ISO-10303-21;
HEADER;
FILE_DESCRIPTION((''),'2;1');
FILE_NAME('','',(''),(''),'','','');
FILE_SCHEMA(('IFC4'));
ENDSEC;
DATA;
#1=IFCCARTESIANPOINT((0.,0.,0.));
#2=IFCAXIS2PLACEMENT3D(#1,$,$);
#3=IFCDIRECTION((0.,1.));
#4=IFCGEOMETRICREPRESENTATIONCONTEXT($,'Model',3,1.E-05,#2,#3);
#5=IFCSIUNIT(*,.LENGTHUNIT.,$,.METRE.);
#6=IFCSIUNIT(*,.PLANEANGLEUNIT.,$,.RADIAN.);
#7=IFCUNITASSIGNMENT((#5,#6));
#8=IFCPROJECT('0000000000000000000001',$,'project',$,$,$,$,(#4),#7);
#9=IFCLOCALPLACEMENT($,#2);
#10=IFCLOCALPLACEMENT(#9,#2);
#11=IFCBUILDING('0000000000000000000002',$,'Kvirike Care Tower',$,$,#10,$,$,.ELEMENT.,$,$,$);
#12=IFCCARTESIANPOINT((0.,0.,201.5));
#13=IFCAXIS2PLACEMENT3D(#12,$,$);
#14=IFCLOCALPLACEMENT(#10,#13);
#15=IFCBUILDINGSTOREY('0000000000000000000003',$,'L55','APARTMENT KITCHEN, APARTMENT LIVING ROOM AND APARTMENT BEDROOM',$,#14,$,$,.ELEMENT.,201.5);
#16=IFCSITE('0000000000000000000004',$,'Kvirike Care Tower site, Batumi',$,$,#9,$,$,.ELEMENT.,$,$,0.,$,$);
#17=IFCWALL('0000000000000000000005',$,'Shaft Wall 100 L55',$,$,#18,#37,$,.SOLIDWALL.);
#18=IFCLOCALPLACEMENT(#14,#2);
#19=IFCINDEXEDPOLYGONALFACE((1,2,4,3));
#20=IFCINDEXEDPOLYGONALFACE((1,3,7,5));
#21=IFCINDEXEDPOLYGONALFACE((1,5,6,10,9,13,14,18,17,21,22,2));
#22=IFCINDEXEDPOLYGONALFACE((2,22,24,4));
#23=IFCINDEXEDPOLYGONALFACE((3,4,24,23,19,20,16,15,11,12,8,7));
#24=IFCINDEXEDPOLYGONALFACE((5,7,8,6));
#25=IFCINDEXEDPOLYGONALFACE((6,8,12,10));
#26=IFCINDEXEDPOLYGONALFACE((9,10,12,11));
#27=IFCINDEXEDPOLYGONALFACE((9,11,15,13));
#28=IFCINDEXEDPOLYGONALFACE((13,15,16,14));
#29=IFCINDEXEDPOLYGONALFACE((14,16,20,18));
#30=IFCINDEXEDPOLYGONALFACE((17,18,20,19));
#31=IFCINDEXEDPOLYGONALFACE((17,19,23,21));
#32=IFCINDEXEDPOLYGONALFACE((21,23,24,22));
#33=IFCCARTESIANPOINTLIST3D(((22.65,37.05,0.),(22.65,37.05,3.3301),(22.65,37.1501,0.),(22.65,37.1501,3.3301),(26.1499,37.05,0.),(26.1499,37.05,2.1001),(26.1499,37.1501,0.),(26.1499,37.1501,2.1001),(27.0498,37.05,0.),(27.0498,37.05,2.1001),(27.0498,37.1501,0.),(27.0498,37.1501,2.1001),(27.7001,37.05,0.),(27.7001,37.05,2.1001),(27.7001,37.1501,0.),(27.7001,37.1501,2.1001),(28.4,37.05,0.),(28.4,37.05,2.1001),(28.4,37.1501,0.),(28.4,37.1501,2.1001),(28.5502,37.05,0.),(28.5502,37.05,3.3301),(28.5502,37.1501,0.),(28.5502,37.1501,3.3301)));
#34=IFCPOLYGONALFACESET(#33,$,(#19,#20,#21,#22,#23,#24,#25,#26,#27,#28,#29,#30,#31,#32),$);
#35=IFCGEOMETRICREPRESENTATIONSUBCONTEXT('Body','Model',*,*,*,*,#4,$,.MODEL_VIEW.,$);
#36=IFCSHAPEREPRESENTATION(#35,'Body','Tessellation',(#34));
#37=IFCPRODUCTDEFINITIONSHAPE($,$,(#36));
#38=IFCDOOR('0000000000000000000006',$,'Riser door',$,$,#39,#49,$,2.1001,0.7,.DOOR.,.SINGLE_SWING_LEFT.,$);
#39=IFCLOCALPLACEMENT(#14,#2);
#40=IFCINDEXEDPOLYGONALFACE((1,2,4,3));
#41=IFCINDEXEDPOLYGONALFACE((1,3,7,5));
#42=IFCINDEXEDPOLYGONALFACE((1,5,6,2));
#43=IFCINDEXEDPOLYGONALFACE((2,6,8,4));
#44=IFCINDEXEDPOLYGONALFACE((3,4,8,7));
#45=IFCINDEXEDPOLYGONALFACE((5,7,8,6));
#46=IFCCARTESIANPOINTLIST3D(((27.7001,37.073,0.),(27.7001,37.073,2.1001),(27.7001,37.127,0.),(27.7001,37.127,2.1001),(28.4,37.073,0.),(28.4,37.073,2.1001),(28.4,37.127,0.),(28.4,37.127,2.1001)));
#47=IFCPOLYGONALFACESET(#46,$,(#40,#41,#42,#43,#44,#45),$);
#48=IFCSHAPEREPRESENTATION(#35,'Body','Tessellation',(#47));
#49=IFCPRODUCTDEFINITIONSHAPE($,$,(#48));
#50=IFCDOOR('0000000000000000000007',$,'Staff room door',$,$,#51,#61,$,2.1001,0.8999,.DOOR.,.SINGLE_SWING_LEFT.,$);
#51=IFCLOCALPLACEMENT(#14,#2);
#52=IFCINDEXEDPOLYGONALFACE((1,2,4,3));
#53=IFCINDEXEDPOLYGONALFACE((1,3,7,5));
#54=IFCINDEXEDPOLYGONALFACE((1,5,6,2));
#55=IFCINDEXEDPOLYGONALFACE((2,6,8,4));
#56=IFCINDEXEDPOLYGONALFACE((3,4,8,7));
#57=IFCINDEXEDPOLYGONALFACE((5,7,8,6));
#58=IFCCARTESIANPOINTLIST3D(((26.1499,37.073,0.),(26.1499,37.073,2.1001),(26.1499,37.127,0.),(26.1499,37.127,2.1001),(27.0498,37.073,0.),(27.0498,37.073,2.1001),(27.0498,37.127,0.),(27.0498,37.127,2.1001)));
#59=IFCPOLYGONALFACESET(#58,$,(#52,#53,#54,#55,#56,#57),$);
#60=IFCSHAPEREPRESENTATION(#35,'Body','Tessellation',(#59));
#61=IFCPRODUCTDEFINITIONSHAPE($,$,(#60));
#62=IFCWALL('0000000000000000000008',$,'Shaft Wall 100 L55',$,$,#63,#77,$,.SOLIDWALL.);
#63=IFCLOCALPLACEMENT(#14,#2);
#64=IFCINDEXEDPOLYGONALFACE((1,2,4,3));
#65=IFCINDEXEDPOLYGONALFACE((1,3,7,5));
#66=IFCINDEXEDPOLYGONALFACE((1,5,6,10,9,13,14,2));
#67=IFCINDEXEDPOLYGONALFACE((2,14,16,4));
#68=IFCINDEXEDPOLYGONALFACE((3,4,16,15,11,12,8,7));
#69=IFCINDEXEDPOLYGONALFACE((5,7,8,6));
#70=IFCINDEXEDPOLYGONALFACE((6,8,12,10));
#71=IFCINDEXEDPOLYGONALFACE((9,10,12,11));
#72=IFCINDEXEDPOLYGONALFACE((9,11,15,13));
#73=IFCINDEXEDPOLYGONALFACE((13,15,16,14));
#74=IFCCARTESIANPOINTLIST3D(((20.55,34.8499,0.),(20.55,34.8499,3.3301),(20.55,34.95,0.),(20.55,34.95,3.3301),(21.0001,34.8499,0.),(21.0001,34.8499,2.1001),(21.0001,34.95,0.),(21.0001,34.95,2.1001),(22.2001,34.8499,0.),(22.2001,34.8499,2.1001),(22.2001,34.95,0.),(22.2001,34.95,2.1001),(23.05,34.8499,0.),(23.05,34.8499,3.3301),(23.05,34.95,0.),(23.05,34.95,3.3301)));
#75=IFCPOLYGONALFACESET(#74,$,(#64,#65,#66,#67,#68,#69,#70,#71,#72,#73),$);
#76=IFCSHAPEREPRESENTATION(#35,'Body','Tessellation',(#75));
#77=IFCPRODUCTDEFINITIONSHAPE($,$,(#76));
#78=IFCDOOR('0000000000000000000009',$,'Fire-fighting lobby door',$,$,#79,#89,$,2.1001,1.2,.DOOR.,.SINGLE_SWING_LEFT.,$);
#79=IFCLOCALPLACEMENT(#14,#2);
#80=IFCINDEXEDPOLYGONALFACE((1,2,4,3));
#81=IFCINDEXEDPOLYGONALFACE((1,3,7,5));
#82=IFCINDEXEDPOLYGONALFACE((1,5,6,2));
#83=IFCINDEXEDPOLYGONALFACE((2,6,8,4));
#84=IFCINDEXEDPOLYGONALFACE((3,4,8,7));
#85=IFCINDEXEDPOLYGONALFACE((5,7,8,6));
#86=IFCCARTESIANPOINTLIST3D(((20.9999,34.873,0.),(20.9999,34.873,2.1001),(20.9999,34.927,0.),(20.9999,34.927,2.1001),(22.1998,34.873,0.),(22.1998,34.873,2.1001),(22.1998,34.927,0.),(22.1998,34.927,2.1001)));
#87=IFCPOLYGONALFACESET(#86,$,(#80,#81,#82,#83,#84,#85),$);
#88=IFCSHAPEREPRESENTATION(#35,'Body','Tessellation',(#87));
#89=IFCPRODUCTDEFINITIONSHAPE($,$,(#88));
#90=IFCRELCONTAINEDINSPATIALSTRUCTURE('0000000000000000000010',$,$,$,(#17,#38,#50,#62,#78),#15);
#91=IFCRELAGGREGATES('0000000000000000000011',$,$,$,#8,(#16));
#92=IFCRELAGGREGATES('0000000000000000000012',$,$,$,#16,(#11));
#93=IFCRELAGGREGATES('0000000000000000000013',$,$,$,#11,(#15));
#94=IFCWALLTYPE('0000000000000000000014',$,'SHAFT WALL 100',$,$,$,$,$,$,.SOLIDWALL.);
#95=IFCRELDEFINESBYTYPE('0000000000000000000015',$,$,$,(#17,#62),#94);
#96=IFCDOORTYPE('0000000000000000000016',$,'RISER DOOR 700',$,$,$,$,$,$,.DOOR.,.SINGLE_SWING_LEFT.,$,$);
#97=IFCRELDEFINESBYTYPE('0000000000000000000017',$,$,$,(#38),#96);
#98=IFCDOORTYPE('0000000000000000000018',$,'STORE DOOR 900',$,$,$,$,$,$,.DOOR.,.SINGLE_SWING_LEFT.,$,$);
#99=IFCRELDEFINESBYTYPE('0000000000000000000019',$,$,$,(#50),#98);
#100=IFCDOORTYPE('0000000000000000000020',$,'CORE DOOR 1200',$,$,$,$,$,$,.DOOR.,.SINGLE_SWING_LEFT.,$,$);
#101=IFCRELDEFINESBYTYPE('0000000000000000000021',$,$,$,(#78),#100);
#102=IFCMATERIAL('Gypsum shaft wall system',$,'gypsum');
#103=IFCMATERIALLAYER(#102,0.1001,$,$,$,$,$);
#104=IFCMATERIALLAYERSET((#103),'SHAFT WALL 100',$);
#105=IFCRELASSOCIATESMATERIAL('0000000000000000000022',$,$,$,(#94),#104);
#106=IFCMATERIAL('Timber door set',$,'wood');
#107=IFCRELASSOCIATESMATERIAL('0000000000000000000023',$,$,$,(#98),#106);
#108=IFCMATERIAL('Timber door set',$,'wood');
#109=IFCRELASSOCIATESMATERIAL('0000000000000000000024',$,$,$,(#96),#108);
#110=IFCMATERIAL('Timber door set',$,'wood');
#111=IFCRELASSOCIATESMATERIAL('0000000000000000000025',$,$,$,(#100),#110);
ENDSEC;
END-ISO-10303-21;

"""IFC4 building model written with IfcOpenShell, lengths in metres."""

from ifc_helpers import new_model, si_unit, direction, frame, frame_2d, origin, place, context, subcontext, project, spatial, rectangle, extrude, material, layer, layer_set, type_object, element, fill, save


model = new_model("IFC4")

# Units and contexts
model_context = context("Model", 3, precision=1e-05, world=origin(), true_north=direction((0.0, 1.0)))
body_context = subcontext(model_context, "Body", "Model", "MODEL_VIEW")
ifc_project = project(units=[si_unit("LENGTHUNIT", "METRE"), si_unit("PLANEANGLEUNIT", "RADIAN")], contexts=[model_context])

# Site, building, storey
site_placement = place(None, origin())
site = spatial("IfcSite", under=ifc_project, at=site_placement, Name="Kvirike Care Tower site, Batumi", CompositionType="ELEMENT", RefElevation=0.0)
building_placement = place(site_placement, origin())
building = spatial("IfcBuilding", under=site, at=building_placement, Name="Kvirike Care Tower", CompositionType="ELEMENT")
storey_placement = place(building_placement, frame((0.0, 0.0, 201.5)))
storey = spatial("IfcBuildingStorey", under=building, at=storey_placement, Name="L55", Description="APARTMENT KITCHEN, APARTMENT LIVING ROOM AND APARTMENT BEDROOM", CompositionType="ELEMENT", Elevation=201.5)

# Shared definitions
ifc_material_1 = material(Name="Gypsum shaft wall system", Category="gypsum")
ifc_layer_1 = layer(ifc_material_1, 0.1001)
ifc_layer_set_1 = layer_set([ifc_layer_1], Name="SHAFT WALL 100")
wall_type_1 = type_object("IfcWallType", Name="SHAFT WALL 100", PredefinedType="SOLIDWALL", material=ifc_layer_set_1)

# Shared definitions
ifc_material_2 = material(Name="Timber door set", Category="wood")
door_type_1 = type_object("IfcDoorType", Name="STORE DOOR 900", OperationType="SINGLE_SWING_LEFT", PredefinedType="DOOR", material=ifc_material_2)

# Wall, openings, doors
wall_1_placement = place(storey_placement, frame((22.6499, 37.1001, 0.0), z_axis=(0.0, 0.0, 1.0), x_axis=(1.0, 0.0, 0.0)))
wall_1 = element("IfcWall", 1, at=wall_1_placement, inside=storey, type_object=wall_type_1, Name="Shaft Wall 100 L55", PredefinedType="SOLIDWALL", context=body_context, shape_type="SweptSolid", body=[
    extrude(rectangle(XDim=5.9001, YDim=0.1001, at=frame_2d((2.9502, 0.0))), origin(), (0.0, 0.0, 1.0), 3.3301),
])
opening_1_placement = place(wall_1_placement, frame((3.5, 0.0, 0.0)))
opening_1 = element("IfcOpeningElement", 2, at=opening_1_placement, cuts=wall_1, PredefinedType="OPENING", context=body_context, shape_type="SweptSolid", body=[
    extrude(rectangle(XDim=0.8999, YDim=2.1001, at=frame_2d((0.45, 1.05))), frame((0.0, 0.0605, 0.0), z_axis=(0.0, -1.0, 0.0), x_axis=(1.0, 0.0, 0.0)), (0.0, 0.0, 1.0), 0.1211),
])
opening_2_placement = place(wall_1_placement, frame((5.05, 0.0, 0.0)))
opening_2 = element("IfcOpeningElement", 3, at=opening_2_placement, cuts=wall_1, PredefinedType="OPENING", context=body_context, shape_type="SweptSolid", body=[
    extrude(rectangle(XDim=0.7, YDim=2.1001, at=frame_2d((0.3501, 1.05))), frame((0.0, 0.0605, 0.0), z_axis=(0.0, -1.0, 0.0), x_axis=(1.0, 0.0, 0.0)), (0.0, 0.0, 1.0), 0.1211),
])
ifc_material_3 = material(Name="Timber door set", Category="wood")
door_type_2 = type_object("IfcDoorType", Name="RISER DOOR 700", OperationType="SINGLE_SWING_LEFT", PredefinedType="DOOR", material=ifc_material_3)
door_1_placement = place(opening_2_placement, origin())
door_1 = element("IfcDoor", 4, at=door_1_placement, inside=storey, type_object=door_type_2, Name="Riser door", OperationType="SINGLE_SWING_LEFT", OverallHeight=2.1001, OverallWidth=0.7, PredefinedType="DOOR", context=body_context, shape_type="SweptSolid", body=[
    extrude(rectangle(XDim=0.7, YDim=2.1001, at=frame_2d((0.3501, 1.05))), frame((0.0, 0.0269, 0.0), z_axis=(0.0, -1.0, 0.0), x_axis=(1.0, 0.0, 0.0)), (0.0, 0.0, 1.0), 0.054),
])
fill(opening_2, door_1)
door_2_placement = place(opening_1_placement, origin())
door_2 = element("IfcDoor", 5, at=door_2_placement, inside=storey, type_object=door_type_1, Name="Staff room door", OperationType="SINGLE_SWING_LEFT", OverallHeight=2.1001, OverallWidth=0.8999, PredefinedType="DOOR", context=body_context, shape_type="SweptSolid", body=[
    extrude(rectangle(XDim=0.8999, YDim=2.1001, at=frame_2d((0.45, 1.05))), frame((0.0, 0.0269, 0.0), z_axis=(0.0, -1.0, 0.0), x_axis=(1.0, 0.0, 0.0)), (0.0, 0.0, 1.0), 0.054),
])
fill(opening_1, door_2)

# Wall, opening, door
wall_2_placement = place(storey_placement, frame((20.55, 34.8999, 0.0), z_axis=(0.0, 0.0, 1.0), x_axis=(1.0, 0.0, 0.0)))
wall_2 = element("IfcWall", 6, at=wall_2_placement, inside=storey, type_object=wall_type_1, Name="Shaft Wall 100 L55", PredefinedType="SOLIDWALL", context=body_context, shape_type="SweptSolid", body=[
    extrude(rectangle(XDim=2.5, YDim=0.1001, at=frame_2d((1.25, 0.0))), origin(), (0.0, 0.0, 1.0), 3.3301),
])
opening_3_placement = place(wall_2_placement, frame((0.45, 0.0, 0.0)))
opening_3 = element("IfcOpeningElement", 7, at=opening_3_placement, cuts=wall_2, PredefinedType="OPENING", context=body_context, shape_type="SweptSolid", body=[
    extrude(rectangle(XDim=1.2, YDim=2.1001, at=frame_2d((0.6001, 1.05))), frame((0.0, 0.0605, 0.0), z_axis=(0.0, -1.0, 0.0), x_axis=(1.0, 0.0, 0.0)), (0.0, 0.0, 1.0), 0.1211),
])
ifc_material_4 = material(Name="Timber door set", Category="wood")
door_type_3 = type_object("IfcDoorType", Name="CORE DOOR 1200", OperationType="SINGLE_SWING_LEFT", PredefinedType="DOOR", material=ifc_material_4)
door_3_placement = place(opening_3_placement, frame((1.2, 0.0, 0.0), z_axis=(0.0, 0.0, 1.0), x_axis=(-1.0, 0.0, 0.0)))
door_3 = element("IfcDoor", 8, at=door_3_placement, inside=storey, type_object=door_type_3, Name="Fire-fighting lobby door", OperationType="SINGLE_SWING_LEFT", OverallHeight=2.1001, OverallWidth=1.2, PredefinedType="DOOR", context=body_context, shape_type="SweptSolid", body=[
    extrude(rectangle(XDim=1.2, YDim=2.1001, at=frame_2d((0.6001, 1.05))), frame((0.0, 0.0269, 0.0), z_axis=(0.0, -1.0, 0.0), x_axis=(1.0, 0.0, 0.0)), (0.0, 0.0, 1.0), 0.054),
])
fill(opening_3, door_3)

save(model, "model.ifc")
